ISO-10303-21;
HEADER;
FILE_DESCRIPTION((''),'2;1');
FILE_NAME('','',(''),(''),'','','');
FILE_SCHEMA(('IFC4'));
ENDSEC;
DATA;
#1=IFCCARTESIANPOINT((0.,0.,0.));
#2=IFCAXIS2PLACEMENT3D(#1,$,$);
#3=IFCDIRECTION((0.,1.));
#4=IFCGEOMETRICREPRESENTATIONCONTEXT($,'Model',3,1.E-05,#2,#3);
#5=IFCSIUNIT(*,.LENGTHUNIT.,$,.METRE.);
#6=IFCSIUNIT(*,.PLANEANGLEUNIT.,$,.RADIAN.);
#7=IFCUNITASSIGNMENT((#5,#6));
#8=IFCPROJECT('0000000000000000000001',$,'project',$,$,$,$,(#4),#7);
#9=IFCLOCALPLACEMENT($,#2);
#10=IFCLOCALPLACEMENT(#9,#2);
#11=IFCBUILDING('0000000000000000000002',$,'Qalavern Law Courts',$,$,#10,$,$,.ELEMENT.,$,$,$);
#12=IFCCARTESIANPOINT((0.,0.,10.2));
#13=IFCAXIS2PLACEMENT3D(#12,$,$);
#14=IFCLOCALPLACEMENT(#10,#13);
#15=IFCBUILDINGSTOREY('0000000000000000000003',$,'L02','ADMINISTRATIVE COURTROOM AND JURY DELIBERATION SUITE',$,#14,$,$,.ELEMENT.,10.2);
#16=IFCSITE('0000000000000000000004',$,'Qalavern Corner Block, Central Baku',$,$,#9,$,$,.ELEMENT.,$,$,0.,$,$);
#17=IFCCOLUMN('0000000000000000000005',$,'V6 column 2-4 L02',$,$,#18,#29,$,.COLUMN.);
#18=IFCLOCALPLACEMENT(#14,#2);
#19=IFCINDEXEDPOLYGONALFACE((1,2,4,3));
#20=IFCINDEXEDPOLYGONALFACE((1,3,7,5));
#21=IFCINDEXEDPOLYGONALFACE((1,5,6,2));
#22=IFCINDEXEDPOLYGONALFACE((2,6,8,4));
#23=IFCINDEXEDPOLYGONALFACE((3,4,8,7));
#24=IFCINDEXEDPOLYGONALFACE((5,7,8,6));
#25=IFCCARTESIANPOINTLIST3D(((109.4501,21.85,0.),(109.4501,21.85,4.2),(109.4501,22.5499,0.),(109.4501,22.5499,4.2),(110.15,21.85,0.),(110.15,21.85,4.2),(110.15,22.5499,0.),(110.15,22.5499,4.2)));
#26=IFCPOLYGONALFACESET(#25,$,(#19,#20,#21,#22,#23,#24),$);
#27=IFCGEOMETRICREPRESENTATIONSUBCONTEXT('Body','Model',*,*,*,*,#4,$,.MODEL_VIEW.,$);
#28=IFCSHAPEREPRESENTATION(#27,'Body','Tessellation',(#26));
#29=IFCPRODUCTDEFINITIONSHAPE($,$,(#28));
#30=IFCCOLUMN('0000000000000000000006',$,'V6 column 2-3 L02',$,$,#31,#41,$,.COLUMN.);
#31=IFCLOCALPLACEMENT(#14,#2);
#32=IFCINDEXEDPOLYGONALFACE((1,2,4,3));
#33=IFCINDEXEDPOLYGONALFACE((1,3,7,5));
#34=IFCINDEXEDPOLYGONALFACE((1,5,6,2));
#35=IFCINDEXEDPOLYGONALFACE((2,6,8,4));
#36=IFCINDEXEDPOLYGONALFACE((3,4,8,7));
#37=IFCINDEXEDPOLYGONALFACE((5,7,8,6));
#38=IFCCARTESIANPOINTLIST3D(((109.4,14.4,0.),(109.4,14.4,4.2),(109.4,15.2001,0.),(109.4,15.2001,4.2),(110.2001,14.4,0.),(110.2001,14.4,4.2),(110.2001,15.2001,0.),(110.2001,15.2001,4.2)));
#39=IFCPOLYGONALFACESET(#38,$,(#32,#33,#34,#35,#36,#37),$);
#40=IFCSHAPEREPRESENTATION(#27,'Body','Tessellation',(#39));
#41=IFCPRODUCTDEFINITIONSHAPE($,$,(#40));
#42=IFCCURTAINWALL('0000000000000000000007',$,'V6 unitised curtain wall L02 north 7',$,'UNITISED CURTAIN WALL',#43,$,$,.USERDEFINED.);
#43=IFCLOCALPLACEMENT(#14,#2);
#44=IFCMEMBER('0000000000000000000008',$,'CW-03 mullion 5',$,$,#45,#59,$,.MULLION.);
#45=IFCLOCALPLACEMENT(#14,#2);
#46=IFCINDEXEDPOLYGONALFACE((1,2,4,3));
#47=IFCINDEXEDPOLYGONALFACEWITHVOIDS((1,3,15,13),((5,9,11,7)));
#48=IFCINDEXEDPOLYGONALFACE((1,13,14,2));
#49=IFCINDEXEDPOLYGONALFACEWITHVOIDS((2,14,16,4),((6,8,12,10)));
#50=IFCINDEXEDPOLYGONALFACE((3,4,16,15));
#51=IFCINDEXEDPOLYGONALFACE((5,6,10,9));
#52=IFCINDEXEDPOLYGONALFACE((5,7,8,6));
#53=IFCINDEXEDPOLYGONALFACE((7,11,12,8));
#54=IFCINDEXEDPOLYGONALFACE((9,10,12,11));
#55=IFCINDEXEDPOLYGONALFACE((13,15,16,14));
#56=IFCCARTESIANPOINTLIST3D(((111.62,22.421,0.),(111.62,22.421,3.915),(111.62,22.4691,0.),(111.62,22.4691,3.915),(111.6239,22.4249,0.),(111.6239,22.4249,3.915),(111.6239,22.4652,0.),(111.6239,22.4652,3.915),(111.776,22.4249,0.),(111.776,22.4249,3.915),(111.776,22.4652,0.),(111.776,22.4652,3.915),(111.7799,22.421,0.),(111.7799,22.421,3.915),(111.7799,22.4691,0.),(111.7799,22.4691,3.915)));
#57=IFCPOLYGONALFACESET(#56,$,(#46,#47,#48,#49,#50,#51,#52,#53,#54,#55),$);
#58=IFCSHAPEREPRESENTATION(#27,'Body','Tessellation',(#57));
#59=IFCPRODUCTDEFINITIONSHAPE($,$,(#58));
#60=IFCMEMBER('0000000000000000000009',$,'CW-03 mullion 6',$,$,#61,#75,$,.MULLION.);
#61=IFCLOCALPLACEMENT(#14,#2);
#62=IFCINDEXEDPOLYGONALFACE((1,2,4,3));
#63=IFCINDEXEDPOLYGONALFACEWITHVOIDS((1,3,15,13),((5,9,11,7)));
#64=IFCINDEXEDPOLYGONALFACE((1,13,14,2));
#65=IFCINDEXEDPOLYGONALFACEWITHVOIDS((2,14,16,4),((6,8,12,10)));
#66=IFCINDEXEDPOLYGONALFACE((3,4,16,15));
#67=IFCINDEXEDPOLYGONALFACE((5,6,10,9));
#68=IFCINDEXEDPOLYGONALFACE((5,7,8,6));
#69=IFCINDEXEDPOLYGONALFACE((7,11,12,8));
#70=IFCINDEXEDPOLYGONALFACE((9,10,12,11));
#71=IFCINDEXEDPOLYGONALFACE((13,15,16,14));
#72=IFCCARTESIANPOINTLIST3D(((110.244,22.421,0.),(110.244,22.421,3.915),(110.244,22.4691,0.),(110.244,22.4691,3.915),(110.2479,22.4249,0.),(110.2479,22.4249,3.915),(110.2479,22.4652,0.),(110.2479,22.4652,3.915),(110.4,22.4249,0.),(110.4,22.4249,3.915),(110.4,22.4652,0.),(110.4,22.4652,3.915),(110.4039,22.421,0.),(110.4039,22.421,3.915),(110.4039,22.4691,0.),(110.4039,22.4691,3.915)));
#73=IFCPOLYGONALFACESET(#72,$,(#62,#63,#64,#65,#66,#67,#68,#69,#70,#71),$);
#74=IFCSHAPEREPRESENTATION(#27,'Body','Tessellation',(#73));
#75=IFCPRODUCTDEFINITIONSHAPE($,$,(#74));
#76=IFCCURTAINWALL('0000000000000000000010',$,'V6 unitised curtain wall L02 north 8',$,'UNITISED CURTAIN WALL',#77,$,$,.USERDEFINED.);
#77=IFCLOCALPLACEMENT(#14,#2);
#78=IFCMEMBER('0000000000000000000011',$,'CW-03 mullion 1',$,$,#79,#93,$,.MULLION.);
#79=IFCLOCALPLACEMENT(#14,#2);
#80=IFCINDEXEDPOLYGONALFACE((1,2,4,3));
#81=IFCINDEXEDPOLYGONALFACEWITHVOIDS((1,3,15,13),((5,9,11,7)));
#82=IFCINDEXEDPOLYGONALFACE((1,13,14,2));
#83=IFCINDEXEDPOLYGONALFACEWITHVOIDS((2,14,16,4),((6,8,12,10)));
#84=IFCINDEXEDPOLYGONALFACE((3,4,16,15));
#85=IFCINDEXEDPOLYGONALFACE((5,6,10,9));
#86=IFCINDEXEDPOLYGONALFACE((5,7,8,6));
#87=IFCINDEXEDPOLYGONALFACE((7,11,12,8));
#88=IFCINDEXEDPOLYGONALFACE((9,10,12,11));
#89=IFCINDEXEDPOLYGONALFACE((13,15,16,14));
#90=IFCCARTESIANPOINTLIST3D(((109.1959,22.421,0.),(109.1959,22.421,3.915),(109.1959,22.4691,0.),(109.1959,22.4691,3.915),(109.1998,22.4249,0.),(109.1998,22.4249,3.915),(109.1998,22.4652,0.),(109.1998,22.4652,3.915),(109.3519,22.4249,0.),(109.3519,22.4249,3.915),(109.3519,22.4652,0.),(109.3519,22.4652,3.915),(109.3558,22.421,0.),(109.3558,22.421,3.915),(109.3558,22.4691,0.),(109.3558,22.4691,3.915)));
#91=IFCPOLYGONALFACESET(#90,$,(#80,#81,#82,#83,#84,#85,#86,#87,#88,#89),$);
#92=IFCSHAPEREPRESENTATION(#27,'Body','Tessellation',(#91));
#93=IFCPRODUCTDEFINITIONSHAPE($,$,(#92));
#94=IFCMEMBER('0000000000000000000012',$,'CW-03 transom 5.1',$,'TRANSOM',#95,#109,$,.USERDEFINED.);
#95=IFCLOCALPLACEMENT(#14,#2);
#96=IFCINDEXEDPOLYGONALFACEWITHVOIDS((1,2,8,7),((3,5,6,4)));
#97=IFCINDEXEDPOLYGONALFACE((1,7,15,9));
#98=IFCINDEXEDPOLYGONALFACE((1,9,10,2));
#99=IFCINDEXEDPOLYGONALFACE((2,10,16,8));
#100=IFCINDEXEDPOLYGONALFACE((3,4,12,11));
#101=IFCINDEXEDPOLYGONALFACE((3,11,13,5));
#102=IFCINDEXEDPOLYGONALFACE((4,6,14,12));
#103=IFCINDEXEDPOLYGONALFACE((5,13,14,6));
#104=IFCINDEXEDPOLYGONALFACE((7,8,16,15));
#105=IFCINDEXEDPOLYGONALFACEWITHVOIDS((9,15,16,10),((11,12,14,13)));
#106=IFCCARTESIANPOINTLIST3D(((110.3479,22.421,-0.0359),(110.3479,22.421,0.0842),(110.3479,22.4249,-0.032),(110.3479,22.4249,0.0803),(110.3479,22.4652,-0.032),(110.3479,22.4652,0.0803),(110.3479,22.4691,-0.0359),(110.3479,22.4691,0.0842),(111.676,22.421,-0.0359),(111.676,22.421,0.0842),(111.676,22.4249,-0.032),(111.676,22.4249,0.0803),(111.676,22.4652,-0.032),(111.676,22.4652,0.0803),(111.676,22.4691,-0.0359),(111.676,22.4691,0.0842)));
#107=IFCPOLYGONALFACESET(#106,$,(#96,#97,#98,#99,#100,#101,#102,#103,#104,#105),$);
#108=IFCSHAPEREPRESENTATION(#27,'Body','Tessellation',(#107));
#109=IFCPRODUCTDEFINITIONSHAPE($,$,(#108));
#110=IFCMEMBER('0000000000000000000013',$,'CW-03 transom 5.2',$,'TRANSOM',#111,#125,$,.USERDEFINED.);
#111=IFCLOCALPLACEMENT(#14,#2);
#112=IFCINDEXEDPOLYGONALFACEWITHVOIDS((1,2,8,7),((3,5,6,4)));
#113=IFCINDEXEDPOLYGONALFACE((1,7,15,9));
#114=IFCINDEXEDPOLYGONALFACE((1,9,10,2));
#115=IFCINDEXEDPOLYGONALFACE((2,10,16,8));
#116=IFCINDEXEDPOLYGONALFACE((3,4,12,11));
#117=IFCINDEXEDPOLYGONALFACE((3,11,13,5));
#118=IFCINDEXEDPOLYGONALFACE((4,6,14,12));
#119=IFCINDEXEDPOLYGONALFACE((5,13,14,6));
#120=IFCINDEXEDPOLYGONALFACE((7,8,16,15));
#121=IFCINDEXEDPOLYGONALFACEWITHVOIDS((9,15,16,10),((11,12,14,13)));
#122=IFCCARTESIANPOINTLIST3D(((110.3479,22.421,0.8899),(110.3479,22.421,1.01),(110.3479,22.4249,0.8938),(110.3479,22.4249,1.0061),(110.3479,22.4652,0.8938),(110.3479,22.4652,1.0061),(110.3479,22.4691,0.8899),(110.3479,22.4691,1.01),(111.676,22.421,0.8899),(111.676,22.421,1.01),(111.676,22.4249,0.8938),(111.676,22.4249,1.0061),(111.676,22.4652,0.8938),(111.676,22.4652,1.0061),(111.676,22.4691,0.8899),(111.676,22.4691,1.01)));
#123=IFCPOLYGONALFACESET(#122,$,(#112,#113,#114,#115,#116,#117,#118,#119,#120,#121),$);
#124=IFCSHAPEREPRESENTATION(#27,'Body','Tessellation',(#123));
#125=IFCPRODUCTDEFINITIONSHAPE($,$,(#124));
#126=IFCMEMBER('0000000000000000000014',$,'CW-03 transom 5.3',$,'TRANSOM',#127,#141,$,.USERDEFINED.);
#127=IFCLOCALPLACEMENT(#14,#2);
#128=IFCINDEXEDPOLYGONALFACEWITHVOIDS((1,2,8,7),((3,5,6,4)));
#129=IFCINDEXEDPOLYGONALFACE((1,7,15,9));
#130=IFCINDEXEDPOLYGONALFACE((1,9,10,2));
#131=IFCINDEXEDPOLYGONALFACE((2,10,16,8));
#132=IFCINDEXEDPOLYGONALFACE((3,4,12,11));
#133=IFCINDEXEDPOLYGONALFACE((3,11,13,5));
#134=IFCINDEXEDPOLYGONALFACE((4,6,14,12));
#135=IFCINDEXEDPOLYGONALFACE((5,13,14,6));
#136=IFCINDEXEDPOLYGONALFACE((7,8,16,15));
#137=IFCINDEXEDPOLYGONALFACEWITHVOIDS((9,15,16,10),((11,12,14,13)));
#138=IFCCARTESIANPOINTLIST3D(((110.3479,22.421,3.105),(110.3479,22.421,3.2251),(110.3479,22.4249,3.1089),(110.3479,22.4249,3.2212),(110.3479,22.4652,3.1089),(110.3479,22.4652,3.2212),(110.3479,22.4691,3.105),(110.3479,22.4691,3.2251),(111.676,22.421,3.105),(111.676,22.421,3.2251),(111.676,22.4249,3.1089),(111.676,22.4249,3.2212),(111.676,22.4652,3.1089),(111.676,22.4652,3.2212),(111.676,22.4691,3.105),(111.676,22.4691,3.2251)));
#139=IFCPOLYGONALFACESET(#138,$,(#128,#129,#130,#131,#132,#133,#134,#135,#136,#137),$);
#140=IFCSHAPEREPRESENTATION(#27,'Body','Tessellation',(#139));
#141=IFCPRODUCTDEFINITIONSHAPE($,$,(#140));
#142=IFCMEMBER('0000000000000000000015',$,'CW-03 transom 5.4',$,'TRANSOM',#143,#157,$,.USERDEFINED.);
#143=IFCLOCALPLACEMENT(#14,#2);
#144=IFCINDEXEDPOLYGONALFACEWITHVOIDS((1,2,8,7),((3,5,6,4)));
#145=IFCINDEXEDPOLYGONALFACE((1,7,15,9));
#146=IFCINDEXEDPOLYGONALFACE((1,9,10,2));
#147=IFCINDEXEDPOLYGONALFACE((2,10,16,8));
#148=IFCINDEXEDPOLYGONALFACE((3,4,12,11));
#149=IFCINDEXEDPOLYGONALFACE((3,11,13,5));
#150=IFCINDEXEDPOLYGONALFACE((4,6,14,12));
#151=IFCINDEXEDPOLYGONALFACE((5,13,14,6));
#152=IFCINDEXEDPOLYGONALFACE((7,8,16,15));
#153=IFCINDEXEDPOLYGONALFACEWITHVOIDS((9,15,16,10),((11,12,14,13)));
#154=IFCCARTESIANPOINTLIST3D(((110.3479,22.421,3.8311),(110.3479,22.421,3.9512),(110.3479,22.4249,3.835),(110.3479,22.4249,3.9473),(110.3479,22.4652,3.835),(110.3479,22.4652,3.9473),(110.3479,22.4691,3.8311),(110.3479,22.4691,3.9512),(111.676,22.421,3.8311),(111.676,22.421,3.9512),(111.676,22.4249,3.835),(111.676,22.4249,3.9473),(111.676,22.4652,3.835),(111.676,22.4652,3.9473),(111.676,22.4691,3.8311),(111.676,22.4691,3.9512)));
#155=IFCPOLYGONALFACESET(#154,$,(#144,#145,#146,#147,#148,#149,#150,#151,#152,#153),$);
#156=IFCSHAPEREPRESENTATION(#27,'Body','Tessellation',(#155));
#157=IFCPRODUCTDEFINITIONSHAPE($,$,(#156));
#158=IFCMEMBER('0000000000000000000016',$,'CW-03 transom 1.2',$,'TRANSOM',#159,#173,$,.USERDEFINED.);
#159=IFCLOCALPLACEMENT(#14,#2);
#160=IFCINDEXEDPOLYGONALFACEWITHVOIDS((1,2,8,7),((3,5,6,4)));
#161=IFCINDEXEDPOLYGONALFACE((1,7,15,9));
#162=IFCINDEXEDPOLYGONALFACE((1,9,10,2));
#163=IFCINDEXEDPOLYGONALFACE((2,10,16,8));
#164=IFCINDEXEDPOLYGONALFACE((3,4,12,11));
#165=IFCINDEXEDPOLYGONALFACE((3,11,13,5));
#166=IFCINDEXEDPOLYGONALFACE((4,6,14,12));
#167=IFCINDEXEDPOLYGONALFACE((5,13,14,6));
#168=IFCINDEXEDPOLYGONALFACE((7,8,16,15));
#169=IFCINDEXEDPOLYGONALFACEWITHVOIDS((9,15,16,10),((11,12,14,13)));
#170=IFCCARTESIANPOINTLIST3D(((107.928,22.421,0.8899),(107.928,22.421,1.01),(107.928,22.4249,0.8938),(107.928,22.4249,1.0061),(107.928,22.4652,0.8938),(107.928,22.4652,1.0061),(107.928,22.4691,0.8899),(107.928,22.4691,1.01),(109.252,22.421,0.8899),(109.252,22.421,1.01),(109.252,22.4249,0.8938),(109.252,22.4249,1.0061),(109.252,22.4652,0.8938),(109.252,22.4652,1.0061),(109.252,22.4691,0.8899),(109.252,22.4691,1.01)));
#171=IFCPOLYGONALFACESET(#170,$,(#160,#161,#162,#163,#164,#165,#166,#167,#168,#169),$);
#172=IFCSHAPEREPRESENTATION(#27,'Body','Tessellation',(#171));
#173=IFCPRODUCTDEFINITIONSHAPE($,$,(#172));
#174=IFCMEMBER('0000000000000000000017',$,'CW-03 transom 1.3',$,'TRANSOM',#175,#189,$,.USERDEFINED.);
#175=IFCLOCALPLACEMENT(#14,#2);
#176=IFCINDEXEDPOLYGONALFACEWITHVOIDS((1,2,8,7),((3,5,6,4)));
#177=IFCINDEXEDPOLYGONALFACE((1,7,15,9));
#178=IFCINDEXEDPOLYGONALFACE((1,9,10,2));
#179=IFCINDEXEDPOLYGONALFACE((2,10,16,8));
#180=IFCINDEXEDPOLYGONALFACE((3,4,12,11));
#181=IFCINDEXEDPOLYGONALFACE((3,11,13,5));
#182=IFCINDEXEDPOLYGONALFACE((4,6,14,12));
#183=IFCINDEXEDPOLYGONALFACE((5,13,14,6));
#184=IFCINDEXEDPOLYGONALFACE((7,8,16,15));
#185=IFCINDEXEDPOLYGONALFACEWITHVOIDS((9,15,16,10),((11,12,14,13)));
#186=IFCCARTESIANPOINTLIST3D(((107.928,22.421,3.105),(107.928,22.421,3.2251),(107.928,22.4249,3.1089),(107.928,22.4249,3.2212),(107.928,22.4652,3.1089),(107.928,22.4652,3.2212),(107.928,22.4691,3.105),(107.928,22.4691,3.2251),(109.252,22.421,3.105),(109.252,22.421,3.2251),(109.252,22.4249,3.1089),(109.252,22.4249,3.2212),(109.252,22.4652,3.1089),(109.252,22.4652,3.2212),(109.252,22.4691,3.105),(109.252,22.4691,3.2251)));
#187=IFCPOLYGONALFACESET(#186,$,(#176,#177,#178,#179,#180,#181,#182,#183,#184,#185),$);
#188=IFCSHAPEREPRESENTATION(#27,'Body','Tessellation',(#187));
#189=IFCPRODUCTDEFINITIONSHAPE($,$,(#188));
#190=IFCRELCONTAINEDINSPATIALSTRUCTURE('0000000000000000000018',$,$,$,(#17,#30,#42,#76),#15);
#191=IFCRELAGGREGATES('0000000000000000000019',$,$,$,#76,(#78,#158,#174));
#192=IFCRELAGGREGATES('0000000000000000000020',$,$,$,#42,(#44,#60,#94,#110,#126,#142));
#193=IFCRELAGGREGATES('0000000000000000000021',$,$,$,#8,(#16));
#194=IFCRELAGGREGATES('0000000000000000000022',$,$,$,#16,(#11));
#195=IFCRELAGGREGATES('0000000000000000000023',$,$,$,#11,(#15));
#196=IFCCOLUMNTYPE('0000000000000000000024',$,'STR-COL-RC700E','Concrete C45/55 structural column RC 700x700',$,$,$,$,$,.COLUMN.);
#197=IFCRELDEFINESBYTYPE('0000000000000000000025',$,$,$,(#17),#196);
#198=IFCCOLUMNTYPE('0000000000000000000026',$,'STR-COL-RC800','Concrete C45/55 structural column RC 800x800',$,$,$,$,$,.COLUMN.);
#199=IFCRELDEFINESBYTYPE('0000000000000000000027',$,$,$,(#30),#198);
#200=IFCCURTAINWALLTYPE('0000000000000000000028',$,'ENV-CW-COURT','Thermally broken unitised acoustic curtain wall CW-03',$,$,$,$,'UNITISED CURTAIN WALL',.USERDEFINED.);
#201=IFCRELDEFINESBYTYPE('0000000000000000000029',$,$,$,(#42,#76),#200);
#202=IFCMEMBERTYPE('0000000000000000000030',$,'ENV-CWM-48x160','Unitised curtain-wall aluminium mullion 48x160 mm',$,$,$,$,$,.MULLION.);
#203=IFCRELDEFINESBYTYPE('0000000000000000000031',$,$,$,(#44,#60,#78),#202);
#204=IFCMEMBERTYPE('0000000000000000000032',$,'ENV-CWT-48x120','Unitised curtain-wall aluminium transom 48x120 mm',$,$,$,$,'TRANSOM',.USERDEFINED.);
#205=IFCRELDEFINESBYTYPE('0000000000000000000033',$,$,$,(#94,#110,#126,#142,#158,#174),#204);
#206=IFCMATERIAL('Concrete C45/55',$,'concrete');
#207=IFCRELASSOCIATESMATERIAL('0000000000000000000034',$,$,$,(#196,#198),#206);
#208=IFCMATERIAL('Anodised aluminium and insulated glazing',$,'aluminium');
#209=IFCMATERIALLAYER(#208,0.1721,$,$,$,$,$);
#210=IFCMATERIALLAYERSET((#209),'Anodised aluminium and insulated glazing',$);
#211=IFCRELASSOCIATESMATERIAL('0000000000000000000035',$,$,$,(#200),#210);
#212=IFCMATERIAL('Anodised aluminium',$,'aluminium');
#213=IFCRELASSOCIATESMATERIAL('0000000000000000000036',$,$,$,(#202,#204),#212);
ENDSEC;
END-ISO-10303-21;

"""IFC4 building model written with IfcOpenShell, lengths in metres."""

from ifc_helpers import new_model, si_unit, direction, frame, origin, origin_2d, place, context, subcontext, project, spatial, rectangle, hollow_rectangle, extrude, material, layer, layer_set, material_profile, profile_set, type_object, element, aggregate, save


model = new_model("IFC4")

# Units and contexts
model_context = context("Model", 3, precision=1e-05, world=origin(), true_north=direction((0.0, 1.0)))
body_context = subcontext(model_context, "Body", "Model", "MODEL_VIEW")
ifc_project = project(units=[si_unit("LENGTHUNIT", "METRE"), si_unit("PLANEANGLEUNIT", "RADIAN")], contexts=[model_context])

# Site, building, storey
site_placement = place(None, origin())
site = spatial("IfcSite", under=ifc_project, at=site_placement, Name="Qalavern Corner Block, Central Baku", CompositionType="ELEMENT", RefElevation=0.0)
building_placement = place(site_placement, origin())
building = spatial("IfcBuilding", under=site, at=building_placement, Name="Qalavern Law Courts", CompositionType="ELEMENT")
storey_placement = place(building_placement, frame((0.0, 0.0, 10.2)))
storey = spatial("IfcBuildingStorey", under=building, at=storey_placement, Name="L02", Description="ADMINISTRATIVE COURTROOM AND JURY DELIBERATION SUITE", CompositionType="ELEMENT", Elevation=10.2)

# Columns
ifc_material_1 = material(Name="Concrete C45/55", Category="concrete")
ifc_material_profile_1 = material_profile(ifc_material_1, rectangle(XDim=0.7, YDim=0.7, at=origin_2d()), Name="RC 700x700")
ifc_profile_set_1 = profile_set([ifc_material_profile_1], Name="Concrete C45/55")
column_type_1 = type_object("IfcColumnType", Name="STR-COL-RC700E", Description="Concrete C45/55 structural column RC 700x700", PredefinedType="COLUMN", material=ifc_profile_set_1)
column_1_placement = place(storey_placement, frame((109.8, 22.2, 0.0), z_axis=(0.0, 0.0, 1.0), x_axis=(1.0, 0.0, 0.0)))
element("IfcColumn", 1, at=column_1_placement, inside=storey, type_object=column_type_1, Name="V6 column 2-4 L02", PredefinedType="COLUMN", context=body_context, shape_type="SweptSolid", body=[
    extrude(rectangle(XDim=0.7, YDim=0.7, at=origin_2d()), origin(), (0.0, 0.0, 1.0), 4.2),
])
ifc_material_profile_2 = material_profile(ifc_material_1, rectangle(XDim=0.8, YDim=0.8, at=origin_2d()), Name="RC 800x800")
ifc_profile_set_2 = profile_set([ifc_material_profile_2], Name="Concrete C45/55")
column_type_2 = type_object("IfcColumnType", Name="STR-COL-RC800", Description="Concrete C45/55 structural column RC 800x800", PredefinedType="COLUMN", material=ifc_profile_set_2)
column_2_placement = place(storey_placement, frame((109.8, 14.8, 0.0), z_axis=(0.0, 0.0, 1.0), x_axis=(1.0, 0.0, 0.0)))
element("IfcColumn", 2, at=column_2_placement, inside=storey, type_object=column_type_2, Name="V6 column 2-3 L02", PredefinedType="COLUMN", context=body_context, shape_type="SweptSolid", body=[
    extrude(rectangle(XDim=0.8, YDim=0.8, at=origin_2d()), origin(), (0.0, 0.0, 1.0), 4.2),
])

# Curtain wall, members
ifc_material_2 = material(Name="Anodised aluminium and insulated glazing", Category="aluminium")
ifc_layer_1 = layer(ifc_material_2, 0.1721)
ifc_layer_set_1 = layer_set([ifc_layer_1], Name="Anodised aluminium and insulated glazing")
curtain_wall_type = type_object("IfcCurtainWallType", Name="ENV-CW-COURT", Description="Thermally broken unitised acoustic curtain wall CW-03", ElementType="UNITISED CURTAIN WALL", PredefinedType="USERDEFINED", material=ifc_layer_set_1)
curtain_wall_1_placement = place(storey_placement, origin())
curtain_wall_1 = element("IfcCurtainWall", 3, at=curtain_wall_1_placement, inside=storey, type_object=curtain_wall_type, Name="V6 unitised curtain wall L02 north 7", ObjectType="UNITISED CURTAIN WALL", PredefinedType="USERDEFINED")
ifc_material_3 = material(Name="Anodised aluminium", Category="aluminium")
ifc_material_profile_3 = material_profile(ifc_material_3, hollow_rectangle(XDim=0.0481, YDim=0.1599, WallThickness=0.0039, at=origin_2d()), Name="ALU MULLION 48x160")
ifc_profile_set_3 = profile_set([ifc_material_profile_3], Name="Anodised aluminium")
member_type_1 = type_object("IfcMemberType", Name="ENV-CWM-48x160", Description="Unitised curtain-wall aluminium mullion 48x160 mm", PredefinedType="MULLION", material=ifc_profile_set_3)
member_1_placement = place(storey_placement, frame((111.7, 22.4451, 0.0), z_axis=(0.0, 0.0, 1.0), x_axis=(0.0, -1.0, 0.0)))
member_1 = element("IfcMember", 4, at=member_1_placement, type_object=member_type_1, Name="CW-03 mullion 5", PredefinedType="MULLION", context=body_context, shape_type="SweptSolid", body=[
    extrude(hollow_rectangle(XDim=0.0481, YDim=0.1599, WallThickness=0.0039, at=origin_2d()), origin(), (0.0, 0.0, 1.0), 3.915),
])
member_2_placement = place(storey_placement, frame((110.324, 22.4451, 0.0), z_axis=(0.0, 0.0, 1.0), x_axis=(0.0, -1.0, 0.0)))
member_2 = element("IfcMember", 5, at=member_2_placement, type_object=member_type_1, Name="CW-03 mullion 6", PredefinedType="MULLION", context=body_context, shape_type="SweptSolid", body=[
    extrude(hollow_rectangle(XDim=0.0481, YDim=0.1599, WallThickness=0.0039, at=origin_2d()), origin(), (0.0, 0.0, 1.0), 3.915),
])

# Curtain wall, member
curtain_wall_2_placement = place(storey_placement, origin())
curtain_wall_2 = element("IfcCurtainWall", 6, at=curtain_wall_2_placement, inside=storey, type_object=curtain_wall_type, Name="V6 unitised curtain wall L02 north 8", ObjectType="UNITISED CURTAIN WALL", PredefinedType="USERDEFINED")
member_3_placement = place(storey_placement, frame((109.2759, 22.4451, 0.0), z_axis=(0.0, 0.0, 1.0), x_axis=(0.0, -1.0, 0.0)))
member_3 = element("IfcMember", 7, at=member_3_placement, type_object=member_type_1, Name="CW-03 mullion 1", PredefinedType="MULLION", context=body_context, shape_type="SweptSolid", body=[
    extrude(hollow_rectangle(XDim=0.0481, YDim=0.1599, WallThickness=0.0039, at=origin_2d()), origin(), (0.0, 0.0, 1.0), 3.915),
])

# Members
ifc_material_profile_4 = material_profile(ifc_material_3, hollow_rectangle(XDim=0.0481, YDim=0.1201, WallThickness=0.0039, at=origin_2d()), Name="ALU TRANSOM 48x120")
ifc_profile_set_4 = profile_set([ifc_material_profile_4], Name="Anodised aluminium")
member_type_2 = type_object("IfcMemberType", Name="ENV-CWT-48x120", Description="Unitised curtain-wall aluminium transom 48x120 mm", ElementType="TRANSOM", PredefinedType="USERDEFINED", material=ifc_profile_set_4)
member_4_placement = place(storey_placement, frame((111.676, 22.4451, 0.0242), z_axis=(-1.0, 0.0, 0.0), x_axis=(0.0, -1.0, 0.0)))
member_4 = element("IfcMember", 8, at=member_4_placement, type_object=member_type_2, Name="CW-03 transom 5.1", ObjectType="TRANSOM", PredefinedType="USERDEFINED", context=body_context, shape_type="SweptSolid", body=[
    extrude(hollow_rectangle(XDim=0.0481, YDim=0.1201, WallThickness=0.0039, at=origin_2d()), origin(), (0.0, 0.0, 1.0), 1.3281),
])
member_5_placement = place(storey_placement, frame((111.676, 22.4451, 0.95), z_axis=(-1.0, 0.0, 0.0), x_axis=(0.0, -1.0, 0.0)))
member_5 = element("IfcMember", 9, at=member_5_placement, type_object=member_type_2, Name="CW-03 transom 5.2", ObjectType="TRANSOM", PredefinedType="USERDEFINED", context=body_context, shape_type="SweptSolid", body=[
    extrude(hollow_rectangle(XDim=0.0481, YDim=0.1201, WallThickness=0.0039, at=origin_2d()), origin(), (0.0, 0.0, 1.0), 1.3281),
])
member_6_placement = place(storey_placement, frame((111.676, 22.4451, 3.165), z_axis=(-1.0, 0.0, 0.0), x_axis=(0.0, -1.0, 0.0)))
member_6 = element("IfcMember", 10, at=member_6_placement, type_object=member_type_2, Name="CW-03 transom 5.3", ObjectType="TRANSOM", PredefinedType="USERDEFINED", context=body_context, shape_type="SweptSolid", body=[
    extrude(hollow_rectangle(XDim=0.0481, YDim=0.1201, WallThickness=0.0039, at=origin_2d()), origin(), (0.0, 0.0, 1.0), 1.3281),
])
member_7_placement = place(storey_placement, frame((111.676, 22.4451, 3.8911), z_axis=(-1.0, 0.0, 0.0), x_axis=(0.0, -1.0, 0.0)))
member_7 = element("IfcMember", 11, at=member_7_placement, type_object=member_type_2, Name="CW-03 transom 5.4", ObjectType="TRANSOM", PredefinedType="USERDEFINED", context=body_context, shape_type="SweptSolid", body=[
    extrude(hollow_rectangle(XDim=0.0481, YDim=0.1201, WallThickness=0.0039, at=origin_2d()), origin(), (0.0, 0.0, 1.0), 1.3281),
])
member_8_placement = place(storey_placement, frame((109.252, 22.4451, 0.95), z_axis=(-1.0, 0.0, 0.0), x_axis=(0.0, -1.0, 0.0)))
member_8 = element("IfcMember", 12, at=member_8_placement, type_object=member_type_2, Name="CW-03 transom 1.2", ObjectType="TRANSOM", PredefinedType="USERDEFINED", context=body_context, shape_type="SweptSolid", body=[
    extrude(hollow_rectangle(XDim=0.0481, YDim=0.1201, WallThickness=0.0039, at=origin_2d()), origin(), (0.0, 0.0, 1.0), 1.324),
])
member_9_placement = place(storey_placement, frame((109.252, 22.4451, 3.165), z_axis=(-1.0, 0.0, 0.0), x_axis=(0.0, -1.0, 0.0)))
member_9 = element("IfcMember", 13, at=member_9_placement, type_object=member_type_2, Name="CW-03 transom 1.3", ObjectType="TRANSOM", PredefinedType="USERDEFINED", context=body_context, shape_type="SweptSolid", body=[
    extrude(hollow_rectangle(XDim=0.0481, YDim=0.1201, WallThickness=0.0039, at=origin_2d()), origin(), (0.0, 0.0, 1.0), 1.324),
])
aggregate(curtain_wall_2, [member_3, member_8, member_9])

aggregate(curtain_wall_1, [member_1, member_2, member_4, member_5, member_6, member_7])

save(model, "model.ifc")
